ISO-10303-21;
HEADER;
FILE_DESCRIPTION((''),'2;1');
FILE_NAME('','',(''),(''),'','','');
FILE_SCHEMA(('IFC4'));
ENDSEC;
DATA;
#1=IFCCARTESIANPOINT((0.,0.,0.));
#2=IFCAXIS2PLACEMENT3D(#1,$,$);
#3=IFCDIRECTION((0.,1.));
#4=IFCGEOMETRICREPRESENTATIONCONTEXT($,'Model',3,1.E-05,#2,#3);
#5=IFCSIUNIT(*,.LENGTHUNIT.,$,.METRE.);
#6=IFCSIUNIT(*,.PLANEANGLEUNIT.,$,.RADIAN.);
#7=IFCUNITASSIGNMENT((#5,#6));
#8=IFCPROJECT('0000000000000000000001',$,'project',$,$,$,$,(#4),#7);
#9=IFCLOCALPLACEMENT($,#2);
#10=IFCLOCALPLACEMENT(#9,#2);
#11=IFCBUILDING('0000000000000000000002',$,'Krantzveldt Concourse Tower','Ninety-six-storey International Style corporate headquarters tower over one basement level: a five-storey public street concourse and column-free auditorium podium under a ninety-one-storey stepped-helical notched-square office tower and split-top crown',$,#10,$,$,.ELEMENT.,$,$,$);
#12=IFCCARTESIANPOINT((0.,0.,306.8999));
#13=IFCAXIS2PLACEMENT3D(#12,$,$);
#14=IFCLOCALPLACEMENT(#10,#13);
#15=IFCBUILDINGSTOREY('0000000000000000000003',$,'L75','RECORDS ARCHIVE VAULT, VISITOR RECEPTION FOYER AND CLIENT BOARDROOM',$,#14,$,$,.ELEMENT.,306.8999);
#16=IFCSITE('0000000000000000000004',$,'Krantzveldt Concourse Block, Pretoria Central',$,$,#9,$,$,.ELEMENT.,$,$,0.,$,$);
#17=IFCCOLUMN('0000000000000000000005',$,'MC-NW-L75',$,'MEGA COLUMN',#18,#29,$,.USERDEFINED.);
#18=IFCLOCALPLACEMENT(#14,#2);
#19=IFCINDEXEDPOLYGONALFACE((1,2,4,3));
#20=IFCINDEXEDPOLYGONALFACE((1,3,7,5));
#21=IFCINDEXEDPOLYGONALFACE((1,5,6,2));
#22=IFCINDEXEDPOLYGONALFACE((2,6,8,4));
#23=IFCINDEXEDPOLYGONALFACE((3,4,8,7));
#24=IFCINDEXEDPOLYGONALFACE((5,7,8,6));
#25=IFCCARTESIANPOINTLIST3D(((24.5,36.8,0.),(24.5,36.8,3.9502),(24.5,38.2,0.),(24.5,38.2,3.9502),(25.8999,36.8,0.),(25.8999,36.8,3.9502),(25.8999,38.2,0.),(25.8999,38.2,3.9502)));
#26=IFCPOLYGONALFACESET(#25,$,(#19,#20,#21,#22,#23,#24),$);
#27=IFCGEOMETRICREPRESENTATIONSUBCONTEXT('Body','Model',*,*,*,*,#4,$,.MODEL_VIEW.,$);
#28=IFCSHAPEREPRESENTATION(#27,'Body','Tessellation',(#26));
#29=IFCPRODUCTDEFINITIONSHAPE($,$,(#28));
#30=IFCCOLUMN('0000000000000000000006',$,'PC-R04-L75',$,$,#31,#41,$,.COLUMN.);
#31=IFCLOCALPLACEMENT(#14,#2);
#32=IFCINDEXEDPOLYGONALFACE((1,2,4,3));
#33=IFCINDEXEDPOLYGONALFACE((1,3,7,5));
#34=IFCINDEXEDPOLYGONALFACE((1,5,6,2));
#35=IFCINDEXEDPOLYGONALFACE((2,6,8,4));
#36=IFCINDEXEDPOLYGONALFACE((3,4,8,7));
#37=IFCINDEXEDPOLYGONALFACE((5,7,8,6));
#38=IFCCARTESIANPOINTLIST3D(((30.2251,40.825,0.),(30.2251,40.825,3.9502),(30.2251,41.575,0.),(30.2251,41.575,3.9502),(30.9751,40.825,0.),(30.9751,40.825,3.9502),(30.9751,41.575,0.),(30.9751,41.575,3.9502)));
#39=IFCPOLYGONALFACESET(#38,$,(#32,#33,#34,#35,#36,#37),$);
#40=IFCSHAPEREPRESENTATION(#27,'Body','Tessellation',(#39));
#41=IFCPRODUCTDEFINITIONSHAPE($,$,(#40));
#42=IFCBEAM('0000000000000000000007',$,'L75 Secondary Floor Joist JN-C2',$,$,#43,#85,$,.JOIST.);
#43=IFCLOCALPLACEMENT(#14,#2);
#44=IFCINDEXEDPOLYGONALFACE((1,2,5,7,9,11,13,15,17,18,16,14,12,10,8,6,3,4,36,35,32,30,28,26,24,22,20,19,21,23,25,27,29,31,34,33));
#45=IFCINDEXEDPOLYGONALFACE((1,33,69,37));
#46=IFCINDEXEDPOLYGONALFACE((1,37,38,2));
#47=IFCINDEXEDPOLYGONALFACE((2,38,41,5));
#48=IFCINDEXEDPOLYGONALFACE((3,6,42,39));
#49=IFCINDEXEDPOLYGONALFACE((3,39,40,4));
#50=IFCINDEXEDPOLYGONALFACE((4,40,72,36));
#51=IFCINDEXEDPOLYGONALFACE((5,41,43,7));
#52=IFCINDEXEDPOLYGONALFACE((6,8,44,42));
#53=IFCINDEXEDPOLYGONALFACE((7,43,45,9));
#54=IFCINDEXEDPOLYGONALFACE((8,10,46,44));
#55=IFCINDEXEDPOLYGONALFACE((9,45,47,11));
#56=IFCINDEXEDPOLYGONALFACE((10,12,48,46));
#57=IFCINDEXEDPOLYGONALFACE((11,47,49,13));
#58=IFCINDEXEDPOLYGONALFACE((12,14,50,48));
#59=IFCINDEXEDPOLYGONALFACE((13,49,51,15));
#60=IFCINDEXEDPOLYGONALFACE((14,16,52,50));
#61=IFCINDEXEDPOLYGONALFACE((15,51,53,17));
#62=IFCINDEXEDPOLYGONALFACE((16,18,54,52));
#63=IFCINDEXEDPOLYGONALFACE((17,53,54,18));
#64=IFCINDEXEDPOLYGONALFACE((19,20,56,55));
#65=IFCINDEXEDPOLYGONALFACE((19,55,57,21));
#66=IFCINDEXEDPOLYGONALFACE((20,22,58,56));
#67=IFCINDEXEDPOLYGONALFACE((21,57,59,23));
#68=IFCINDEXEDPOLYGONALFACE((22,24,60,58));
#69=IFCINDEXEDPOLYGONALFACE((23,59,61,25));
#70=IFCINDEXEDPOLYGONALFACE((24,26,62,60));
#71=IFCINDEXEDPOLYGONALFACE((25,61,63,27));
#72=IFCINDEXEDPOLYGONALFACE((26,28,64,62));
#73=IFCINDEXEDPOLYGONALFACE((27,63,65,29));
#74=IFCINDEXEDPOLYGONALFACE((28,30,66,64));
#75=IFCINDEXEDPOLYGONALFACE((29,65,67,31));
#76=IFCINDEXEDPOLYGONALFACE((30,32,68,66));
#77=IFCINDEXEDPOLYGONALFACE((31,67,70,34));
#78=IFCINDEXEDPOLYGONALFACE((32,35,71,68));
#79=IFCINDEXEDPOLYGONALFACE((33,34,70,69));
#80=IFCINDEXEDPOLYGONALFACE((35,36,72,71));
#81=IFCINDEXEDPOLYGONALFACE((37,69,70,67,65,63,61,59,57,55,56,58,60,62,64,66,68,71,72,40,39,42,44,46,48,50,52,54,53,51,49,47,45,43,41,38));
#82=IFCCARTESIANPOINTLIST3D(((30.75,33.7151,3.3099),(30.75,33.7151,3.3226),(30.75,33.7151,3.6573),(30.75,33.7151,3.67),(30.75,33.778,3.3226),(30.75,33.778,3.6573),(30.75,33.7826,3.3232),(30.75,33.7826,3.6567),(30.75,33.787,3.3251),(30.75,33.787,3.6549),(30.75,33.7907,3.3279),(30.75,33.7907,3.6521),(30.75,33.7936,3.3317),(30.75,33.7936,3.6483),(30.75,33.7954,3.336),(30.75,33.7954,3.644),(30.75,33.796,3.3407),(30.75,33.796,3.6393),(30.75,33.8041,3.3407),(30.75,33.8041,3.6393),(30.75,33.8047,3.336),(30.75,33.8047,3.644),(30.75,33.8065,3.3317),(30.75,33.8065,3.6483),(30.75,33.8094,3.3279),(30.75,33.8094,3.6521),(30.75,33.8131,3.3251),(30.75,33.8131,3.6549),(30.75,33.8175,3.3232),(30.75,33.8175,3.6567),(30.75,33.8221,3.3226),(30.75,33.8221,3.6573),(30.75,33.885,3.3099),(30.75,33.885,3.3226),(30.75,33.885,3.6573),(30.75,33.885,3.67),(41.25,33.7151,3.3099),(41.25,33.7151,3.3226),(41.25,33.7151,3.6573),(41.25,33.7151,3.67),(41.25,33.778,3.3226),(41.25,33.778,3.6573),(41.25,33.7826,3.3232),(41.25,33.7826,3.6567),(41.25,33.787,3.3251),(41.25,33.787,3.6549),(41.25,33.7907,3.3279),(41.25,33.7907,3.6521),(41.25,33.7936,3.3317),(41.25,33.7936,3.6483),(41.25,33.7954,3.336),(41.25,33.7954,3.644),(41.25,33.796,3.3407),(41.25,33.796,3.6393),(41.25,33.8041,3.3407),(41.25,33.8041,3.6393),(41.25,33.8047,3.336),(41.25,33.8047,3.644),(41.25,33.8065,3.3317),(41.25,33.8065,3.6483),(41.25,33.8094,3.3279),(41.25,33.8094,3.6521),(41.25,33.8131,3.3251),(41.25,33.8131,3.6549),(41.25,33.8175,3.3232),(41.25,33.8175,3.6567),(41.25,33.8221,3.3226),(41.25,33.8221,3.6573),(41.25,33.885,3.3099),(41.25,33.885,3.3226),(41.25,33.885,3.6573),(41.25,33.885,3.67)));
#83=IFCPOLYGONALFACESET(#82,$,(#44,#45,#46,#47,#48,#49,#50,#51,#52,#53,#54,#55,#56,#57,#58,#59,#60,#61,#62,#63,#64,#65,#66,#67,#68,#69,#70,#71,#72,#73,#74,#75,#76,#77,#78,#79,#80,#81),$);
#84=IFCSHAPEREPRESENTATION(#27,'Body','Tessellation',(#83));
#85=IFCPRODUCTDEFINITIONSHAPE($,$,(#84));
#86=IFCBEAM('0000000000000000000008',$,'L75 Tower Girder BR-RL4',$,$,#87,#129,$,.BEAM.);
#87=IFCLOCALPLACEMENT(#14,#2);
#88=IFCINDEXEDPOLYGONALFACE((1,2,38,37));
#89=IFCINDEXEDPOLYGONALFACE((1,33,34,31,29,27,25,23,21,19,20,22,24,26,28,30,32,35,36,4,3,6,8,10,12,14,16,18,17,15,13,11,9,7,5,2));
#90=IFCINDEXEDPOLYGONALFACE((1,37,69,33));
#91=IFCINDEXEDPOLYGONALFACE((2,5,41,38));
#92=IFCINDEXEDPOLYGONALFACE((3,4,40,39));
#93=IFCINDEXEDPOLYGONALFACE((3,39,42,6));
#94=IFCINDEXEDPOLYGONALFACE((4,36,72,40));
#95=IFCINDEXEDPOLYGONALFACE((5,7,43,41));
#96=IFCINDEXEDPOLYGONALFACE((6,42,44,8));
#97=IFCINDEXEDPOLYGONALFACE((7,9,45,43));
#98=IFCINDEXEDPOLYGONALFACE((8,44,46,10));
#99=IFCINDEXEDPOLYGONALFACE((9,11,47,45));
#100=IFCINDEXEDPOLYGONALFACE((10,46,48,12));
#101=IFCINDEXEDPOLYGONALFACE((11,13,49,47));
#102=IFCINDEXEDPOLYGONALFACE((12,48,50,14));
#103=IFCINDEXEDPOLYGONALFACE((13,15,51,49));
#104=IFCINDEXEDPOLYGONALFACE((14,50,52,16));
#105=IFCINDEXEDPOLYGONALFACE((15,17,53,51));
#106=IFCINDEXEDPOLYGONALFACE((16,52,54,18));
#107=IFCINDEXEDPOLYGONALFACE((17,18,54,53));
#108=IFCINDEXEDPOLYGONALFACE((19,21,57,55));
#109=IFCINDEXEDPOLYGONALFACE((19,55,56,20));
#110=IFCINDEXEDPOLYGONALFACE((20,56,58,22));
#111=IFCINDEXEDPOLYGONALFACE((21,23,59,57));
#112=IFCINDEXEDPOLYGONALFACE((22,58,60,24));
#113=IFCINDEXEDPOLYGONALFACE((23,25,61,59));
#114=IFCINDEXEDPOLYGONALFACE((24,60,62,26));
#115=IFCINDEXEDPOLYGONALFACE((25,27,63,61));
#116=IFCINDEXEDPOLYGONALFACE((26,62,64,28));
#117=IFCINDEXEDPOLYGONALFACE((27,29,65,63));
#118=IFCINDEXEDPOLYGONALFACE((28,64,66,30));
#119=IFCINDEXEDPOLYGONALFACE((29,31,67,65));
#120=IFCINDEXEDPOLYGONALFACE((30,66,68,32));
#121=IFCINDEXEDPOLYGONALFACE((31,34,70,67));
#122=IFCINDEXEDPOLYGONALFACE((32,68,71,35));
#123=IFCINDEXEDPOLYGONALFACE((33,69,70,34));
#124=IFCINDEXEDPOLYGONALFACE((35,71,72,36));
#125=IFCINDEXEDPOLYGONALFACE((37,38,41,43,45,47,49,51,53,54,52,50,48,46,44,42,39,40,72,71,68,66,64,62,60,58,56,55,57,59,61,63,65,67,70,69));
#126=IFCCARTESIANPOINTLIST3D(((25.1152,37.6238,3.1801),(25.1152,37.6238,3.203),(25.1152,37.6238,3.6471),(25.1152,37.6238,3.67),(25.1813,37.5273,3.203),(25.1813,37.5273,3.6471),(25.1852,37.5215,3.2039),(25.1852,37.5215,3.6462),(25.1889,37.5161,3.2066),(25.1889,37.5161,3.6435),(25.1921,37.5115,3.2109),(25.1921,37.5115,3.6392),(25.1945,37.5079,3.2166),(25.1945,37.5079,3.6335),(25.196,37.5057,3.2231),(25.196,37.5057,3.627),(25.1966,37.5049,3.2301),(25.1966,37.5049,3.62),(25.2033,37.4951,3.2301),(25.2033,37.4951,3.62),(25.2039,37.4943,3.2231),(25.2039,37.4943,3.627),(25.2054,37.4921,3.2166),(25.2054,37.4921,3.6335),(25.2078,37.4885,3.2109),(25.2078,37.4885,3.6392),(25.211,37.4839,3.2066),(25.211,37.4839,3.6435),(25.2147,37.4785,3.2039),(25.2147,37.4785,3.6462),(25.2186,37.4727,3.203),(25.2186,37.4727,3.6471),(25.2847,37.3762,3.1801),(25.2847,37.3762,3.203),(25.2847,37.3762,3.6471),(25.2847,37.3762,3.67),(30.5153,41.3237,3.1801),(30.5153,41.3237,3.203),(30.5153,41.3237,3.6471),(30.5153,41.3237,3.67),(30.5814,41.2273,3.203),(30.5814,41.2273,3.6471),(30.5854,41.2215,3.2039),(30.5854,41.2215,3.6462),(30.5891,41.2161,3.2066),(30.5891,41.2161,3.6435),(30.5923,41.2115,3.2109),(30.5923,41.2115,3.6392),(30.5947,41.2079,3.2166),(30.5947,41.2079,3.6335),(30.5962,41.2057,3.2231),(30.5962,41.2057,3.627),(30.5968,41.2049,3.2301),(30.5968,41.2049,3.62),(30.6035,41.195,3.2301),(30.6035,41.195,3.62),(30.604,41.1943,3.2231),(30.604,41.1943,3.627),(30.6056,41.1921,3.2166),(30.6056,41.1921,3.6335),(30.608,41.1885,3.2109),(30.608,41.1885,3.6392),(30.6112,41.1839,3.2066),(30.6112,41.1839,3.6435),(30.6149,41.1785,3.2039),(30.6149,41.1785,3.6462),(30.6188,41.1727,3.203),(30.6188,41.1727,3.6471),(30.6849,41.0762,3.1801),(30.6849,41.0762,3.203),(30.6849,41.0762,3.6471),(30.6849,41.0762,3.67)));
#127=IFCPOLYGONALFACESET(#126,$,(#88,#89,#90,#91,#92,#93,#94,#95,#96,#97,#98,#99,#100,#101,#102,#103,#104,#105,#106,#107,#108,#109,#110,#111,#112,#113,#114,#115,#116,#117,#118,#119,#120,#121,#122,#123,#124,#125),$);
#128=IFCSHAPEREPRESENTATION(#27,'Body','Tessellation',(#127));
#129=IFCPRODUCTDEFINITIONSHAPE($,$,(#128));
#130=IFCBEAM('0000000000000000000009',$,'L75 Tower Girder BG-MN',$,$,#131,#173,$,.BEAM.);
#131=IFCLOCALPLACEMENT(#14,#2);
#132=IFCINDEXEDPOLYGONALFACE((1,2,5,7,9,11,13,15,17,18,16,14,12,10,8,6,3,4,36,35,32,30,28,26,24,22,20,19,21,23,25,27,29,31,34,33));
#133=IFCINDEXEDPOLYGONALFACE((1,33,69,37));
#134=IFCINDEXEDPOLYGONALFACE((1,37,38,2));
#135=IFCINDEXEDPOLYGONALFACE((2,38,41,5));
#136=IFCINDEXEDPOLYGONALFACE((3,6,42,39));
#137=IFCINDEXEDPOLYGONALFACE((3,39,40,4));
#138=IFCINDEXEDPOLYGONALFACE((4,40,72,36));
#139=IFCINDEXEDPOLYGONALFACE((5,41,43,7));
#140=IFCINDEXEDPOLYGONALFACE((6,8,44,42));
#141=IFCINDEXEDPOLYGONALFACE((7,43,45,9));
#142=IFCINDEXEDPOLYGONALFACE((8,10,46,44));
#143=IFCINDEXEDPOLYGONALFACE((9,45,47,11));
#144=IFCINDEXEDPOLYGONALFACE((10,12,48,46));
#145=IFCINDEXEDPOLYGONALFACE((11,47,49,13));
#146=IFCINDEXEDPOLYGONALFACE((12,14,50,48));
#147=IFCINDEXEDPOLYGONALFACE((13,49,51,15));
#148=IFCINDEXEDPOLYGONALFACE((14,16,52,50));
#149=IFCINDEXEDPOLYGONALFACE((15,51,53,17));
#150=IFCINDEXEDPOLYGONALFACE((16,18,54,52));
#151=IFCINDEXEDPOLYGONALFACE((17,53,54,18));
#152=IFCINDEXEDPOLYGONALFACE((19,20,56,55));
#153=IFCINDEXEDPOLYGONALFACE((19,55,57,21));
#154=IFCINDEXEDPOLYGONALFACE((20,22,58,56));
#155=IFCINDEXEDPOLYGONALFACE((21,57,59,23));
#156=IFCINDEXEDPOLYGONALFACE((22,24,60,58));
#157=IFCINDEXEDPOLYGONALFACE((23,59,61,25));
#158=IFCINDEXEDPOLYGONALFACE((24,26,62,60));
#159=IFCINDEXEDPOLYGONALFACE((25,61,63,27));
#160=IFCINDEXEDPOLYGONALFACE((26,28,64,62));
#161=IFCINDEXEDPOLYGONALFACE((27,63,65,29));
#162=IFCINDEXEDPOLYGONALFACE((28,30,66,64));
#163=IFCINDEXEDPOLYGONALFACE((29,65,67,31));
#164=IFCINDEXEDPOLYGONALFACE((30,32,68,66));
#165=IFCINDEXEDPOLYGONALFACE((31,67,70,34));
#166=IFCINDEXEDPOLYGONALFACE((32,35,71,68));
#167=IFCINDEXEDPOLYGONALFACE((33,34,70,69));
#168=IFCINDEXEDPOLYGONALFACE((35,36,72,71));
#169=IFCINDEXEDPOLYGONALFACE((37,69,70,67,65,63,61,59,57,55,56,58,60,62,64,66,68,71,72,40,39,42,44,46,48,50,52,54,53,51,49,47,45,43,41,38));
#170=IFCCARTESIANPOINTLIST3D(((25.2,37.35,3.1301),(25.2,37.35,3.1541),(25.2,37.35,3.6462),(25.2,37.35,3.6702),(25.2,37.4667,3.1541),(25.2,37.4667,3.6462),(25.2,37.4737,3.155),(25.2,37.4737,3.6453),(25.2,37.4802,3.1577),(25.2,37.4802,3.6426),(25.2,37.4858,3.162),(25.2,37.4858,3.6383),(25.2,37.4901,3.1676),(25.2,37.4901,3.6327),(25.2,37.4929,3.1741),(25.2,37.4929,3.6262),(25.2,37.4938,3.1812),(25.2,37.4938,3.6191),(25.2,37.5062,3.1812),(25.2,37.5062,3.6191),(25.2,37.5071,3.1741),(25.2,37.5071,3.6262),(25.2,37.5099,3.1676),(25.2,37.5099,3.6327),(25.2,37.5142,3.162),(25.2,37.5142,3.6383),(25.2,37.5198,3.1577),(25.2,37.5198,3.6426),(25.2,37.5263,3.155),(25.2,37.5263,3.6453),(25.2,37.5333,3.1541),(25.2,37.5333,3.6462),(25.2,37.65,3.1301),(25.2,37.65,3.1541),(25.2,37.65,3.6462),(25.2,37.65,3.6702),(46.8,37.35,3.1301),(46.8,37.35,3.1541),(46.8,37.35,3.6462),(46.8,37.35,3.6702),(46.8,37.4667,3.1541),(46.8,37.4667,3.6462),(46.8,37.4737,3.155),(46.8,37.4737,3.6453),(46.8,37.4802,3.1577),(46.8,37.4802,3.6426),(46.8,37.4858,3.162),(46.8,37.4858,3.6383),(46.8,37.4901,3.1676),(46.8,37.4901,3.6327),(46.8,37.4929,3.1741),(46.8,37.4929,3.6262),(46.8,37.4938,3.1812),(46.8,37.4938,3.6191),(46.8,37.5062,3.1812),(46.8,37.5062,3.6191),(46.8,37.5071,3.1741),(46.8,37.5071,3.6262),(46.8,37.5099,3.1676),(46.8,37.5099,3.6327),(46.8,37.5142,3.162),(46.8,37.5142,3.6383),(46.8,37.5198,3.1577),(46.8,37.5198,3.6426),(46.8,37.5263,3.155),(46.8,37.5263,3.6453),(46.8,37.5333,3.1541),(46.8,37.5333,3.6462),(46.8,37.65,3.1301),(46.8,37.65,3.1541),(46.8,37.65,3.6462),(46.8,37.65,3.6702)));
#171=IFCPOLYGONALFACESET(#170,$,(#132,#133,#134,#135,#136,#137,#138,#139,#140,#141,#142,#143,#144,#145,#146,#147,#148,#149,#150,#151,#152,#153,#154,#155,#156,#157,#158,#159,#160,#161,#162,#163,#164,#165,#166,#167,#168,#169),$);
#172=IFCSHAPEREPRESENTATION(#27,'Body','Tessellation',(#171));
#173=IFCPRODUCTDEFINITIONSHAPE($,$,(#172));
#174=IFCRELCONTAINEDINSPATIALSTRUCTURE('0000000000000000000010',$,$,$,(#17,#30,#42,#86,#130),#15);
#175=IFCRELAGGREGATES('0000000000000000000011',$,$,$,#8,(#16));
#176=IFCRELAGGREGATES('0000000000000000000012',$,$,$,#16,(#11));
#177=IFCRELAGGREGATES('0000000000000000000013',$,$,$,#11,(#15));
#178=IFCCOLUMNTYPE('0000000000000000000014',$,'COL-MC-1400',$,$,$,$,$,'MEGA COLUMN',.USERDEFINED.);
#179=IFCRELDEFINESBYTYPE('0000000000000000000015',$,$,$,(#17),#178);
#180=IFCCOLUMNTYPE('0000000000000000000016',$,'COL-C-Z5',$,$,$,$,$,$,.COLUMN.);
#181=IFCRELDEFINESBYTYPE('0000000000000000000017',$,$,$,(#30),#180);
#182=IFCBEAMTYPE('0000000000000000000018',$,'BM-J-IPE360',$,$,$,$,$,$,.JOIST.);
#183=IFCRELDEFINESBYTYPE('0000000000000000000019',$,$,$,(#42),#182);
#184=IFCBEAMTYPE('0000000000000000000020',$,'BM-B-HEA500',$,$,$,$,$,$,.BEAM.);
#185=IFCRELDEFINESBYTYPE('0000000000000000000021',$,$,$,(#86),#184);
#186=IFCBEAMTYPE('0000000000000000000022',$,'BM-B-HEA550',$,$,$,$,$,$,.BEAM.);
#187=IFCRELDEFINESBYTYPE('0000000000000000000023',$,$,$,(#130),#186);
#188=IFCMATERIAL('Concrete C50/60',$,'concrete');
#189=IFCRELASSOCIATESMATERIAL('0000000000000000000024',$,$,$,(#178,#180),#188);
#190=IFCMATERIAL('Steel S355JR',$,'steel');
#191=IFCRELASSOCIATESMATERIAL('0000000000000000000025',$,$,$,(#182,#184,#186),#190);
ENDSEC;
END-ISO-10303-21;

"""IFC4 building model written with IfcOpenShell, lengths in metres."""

from ifc_helpers import new_model, si_unit, direction, frame, origin, origin_2d, place, context, subcontext, project, spatial, rectangle, i_section, extrude, source, transform, mapped, material, material_profile, profile_set, type_object, type_shapes, element, save


model = new_model("IFC4")

# Units and contexts
model_context = context("Model", 3, precision=1e-05, world=origin(), true_north=direction((0.0, 1.0)))
body_context = subcontext(model_context, "Body", "Model", "MODEL_VIEW")
ifc_project = project(units=[si_unit("LENGTHUNIT", "METRE"), si_unit("PLANEANGLEUNIT", "RADIAN")], contexts=[model_context])

# Site, building, storey
site_placement = place(None, origin())
site = spatial("IfcSite", under=ifc_project, at=site_placement, Name="Krantzveldt Concourse Block, Pretoria Central", CompositionType="ELEMENT", RefElevation=0.0)
building_placement = place(site_placement, origin())
building = spatial("IfcBuilding", under=site, at=building_placement, Name="Krantzveldt Concourse Tower", Description="Ninety-six-storey International Style corporate headquarters tower over one basement level: a five-storey public street concourse and column-free auditorium podium under a ninety-one-storey stepped-helical notched-square office tower and split-top crown", CompositionType="ELEMENT")
storey_placement = place(building_placement, frame((0.0, 0.0, 306.8999)))
storey = spatial("IfcBuildingStorey", under=building, at=storey_placement, Name="L75", Description="RECORDS ARCHIVE VAULT, VISITOR RECEPTION FOYER AND CLIENT BOARDROOM", CompositionType="ELEMENT", Elevation=306.8999)

# Columns
ifc_material_1 = material(Name="Concrete C50/60", Category="concrete")
ifc_material_profile_1 = material_profile(ifc_material_1, rectangle(XDim=1.3999, YDim=1.3999, at=origin_2d()), Name="Concrete C50/60", Category="concrete")
ifc_profile_set_1 = profile_set([ifc_material_profile_1], Name="Concrete C50/60 - RC 1400x1400")
column_type_1 = type_object("IfcColumnType", Name="COL-MC-1400", ElementType="MEGA COLUMN", PredefinedType="USERDEFINED", material=ifc_profile_set_1)
shared_shape_1 = source(origin(), body_context, "Body", "SweptSolid", [
    extrude(rectangle(XDim=1.3999, YDim=1.3999, at=origin_2d()), origin(), (0.0, 0.0, 1.0), 3.9502),
])
type_shapes(column_type_1, [shared_shape_1])
column_1_placement = place(storey_placement, frame((25.2, 37.5, 0.0), z_axis=(0.0, 0.0, 1.0), x_axis=(1.0, 0.0, 0.0)))
element("IfcColumn", 1, at=column_1_placement, inside=storey, type_object=column_type_1, Name="MC-NW-L75", ObjectType="MEGA COLUMN", PredefinedType="USERDEFINED", context=body_context, shape_type="MappedRepresentation", body=[
    mapped(shared_shape_1, transform((0.0, 0.0, 0.0), x_axis=(1.0, 0.0, 0.0), y_axis=(0.0, 1.0, 0.0), z_axis=(0.0, 0.0, 1.0), scale=1.0)),
])
ifc_material_profile_2 = material_profile(ifc_material_1, rectangle(XDim=0.75, YDim=0.75, at=origin_2d()), Name="Concrete C50/60", Category="concrete")
ifc_profile_set_2 = profile_set([ifc_material_profile_2], Name="Concrete C50/60 - RC 750x750")
column_type_2 = type_object("IfcColumnType", Name="COL-C-Z5", PredefinedType="COLUMN", material=ifc_profile_set_2)
shared_shape_2 = source(origin(), body_context, "Body", "SweptSolid", [
    extrude(rectangle(XDim=0.75, YDim=0.75, at=origin_2d()), origin(), (0.0, 0.0, 1.0), 3.9502),
])
type_shapes(column_type_2, [shared_shape_2])
column_2_placement = place(storey_placement, frame((30.6001, 41.2, 0.0), z_axis=(0.0, 0.0, 1.0), x_axis=(1.0, 0.0, 0.0)))
element("IfcColumn", 2, at=column_2_placement, inside=storey, type_object=column_type_2, Name="PC-R04-L75", PredefinedType="COLUMN", context=body_context, shape_type="MappedRepresentation", body=[
    mapped(shared_shape_2, transform((0.0, 0.0, 0.0), x_axis=(1.0, 0.0, 0.0), y_axis=(0.0, 1.0, 0.0), z_axis=(0.0, 0.0, 1.0), scale=1.0)),
])

# Beams
ifc_material_2 = material(Name="Steel S355JR", Category="steel")
ifc_material_profile_3 = material_profile(ifc_material_2, i_section(OverallWidth=0.1699, OverallDepth=0.3601, WebThickness=0.0081, FlangeThickness=0.0127, FilletRadius=0.0181, at=origin_2d()), Name="Steel S355JR", Category="steel")
ifc_profile_set_3 = profile_set([ifc_material_profile_3], Name="Steel S355JR - IPE 360")
beam_type_1 = type_object("IfcBeamType", Name="BM-J-IPE360", PredefinedType="JOIST", material=ifc_profile_set_3)
shared_shape_3 = source(origin(), body_context, "Body", "SweptSolid", [
    extrude(i_section(OverallWidth=0.1699, OverallDepth=0.3601, WebThickness=0.0081, FlangeThickness=0.0127, FilletRadius=0.0181, at=origin_2d()), origin(), (0.0, 0.0, 1.0), 10.5),
])
type_shapes(beam_type_1, [shared_shape_3])
beam_1_placement = place(storey_placement, frame((30.75, 33.8, 3.49), z_axis=(1.0, 0.0, 0.0), x_axis=(0.0, 1.0, 0.0)))
element("IfcBeam", 3, at=beam_1_placement, inside=storey, type_object=beam_type_1, Name="L75 Secondary Floor Joist JN-C2", PredefinedType="JOIST", context=body_context, shape_type="MappedRepresentation", body=[
    mapped(shared_shape_3, transform((0.0, 0.0, 0.0), x_axis=(1.0, 0.0, 0.0), y_axis=(0.0, 1.0, 0.0), z_axis=(0.0, 0.0, 1.0), scale=1.0)),
])
ifc_material_profile_4 = material_profile(ifc_material_2, i_section(OverallWidth=0.3, OverallDepth=0.49, WebThickness=0.012, FlangeThickness=0.0229, FilletRadius=0.0271, at=origin_2d()), Name="Steel S355JR", Category="steel")
ifc_profile_set_4 = profile_set([ifc_material_profile_4], Name="Steel S355JR - HEA 500")
beam_type_2 = type_object("IfcBeamType", Name="BM-B-HEA500", PredefinedType="BEAM", material=ifc_profile_set_4)
shared_shape_4 = source(origin(), body_context, "Body", "SweptSolid", [
    extrude(i_section(OverallWidth=0.3, OverallDepth=0.49, WebThickness=0.012, FlangeThickness=0.0229, FilletRadius=0.0271, at=origin_2d()), origin(), (0.0, 0.0, 1.0), 6.5461),
])
type_shapes(beam_type_2, [shared_shape_4])
beam_2_placement = place(storey_placement, frame((25.2, 37.5, 3.425), z_axis=(0.824943, 0.565216, 0.0), x_axis=(-0.565216, 0.824943, 0.0)))
element("IfcBeam", 4, at=beam_2_placement, inside=storey, type_object=beam_type_2, Name="L75 Tower Girder BR-RL4", PredefinedType="BEAM", context=body_context, shape_type="MappedRepresentation", body=[
    mapped(shared_shape_4, transform((0.0, 0.0, 0.0), x_axis=(1.0, 0.0, 0.0), y_axis=(0.0, 1.0, 0.0), z_axis=(0.0, 0.0, 1.0), scale=1.0)),
])
ifc_material_profile_5 = material_profile(ifc_material_2, i_section(OverallWidth=0.3, OverallDepth=0.54, WebThickness=0.0125, FlangeThickness=0.0239, FilletRadius=0.0271, at=origin_2d()), Name="Steel S355JR", Category="steel")
ifc_profile_set_5 = profile_set([ifc_material_profile_5], Name="Steel S355JR - HEA 550")
beam_type_3 = type_object("IfcBeamType", Name="BM-B-HEA550", PredefinedType="BEAM", material=ifc_profile_set_5)
shared_shape_5 = source(origin(), body_context, "Body", "SweptSolid", [
    extrude(i_section(OverallWidth=0.3, OverallDepth=0.54, WebThickness=0.0125, FlangeThickness=0.0239, FilletRadius=0.0271, at=origin_2d()), origin(), (0.0, 0.0, 1.0), 21.6001),
])
type_shapes(beam_type_3, [shared_shape_5])
beam_3_placement = place(storey_placement, frame((25.2, 37.5, 3.4001), z_axis=(1.0, 0.0, 0.0), x_axis=(0.0, 1.0, 0.0)))
element("IfcBeam", 5, at=beam_3_placement, inside=storey, type_object=beam_type_3, Name="L75 Tower Girder BG-MN", PredefinedType="BEAM", context=body_context, shape_type="MappedRepresentation", body=[
    mapped(shared_shape_5, transform((0.0, 0.0, 0.0), x_axis=(1.0, 0.0, 0.0), y_axis=(0.0, 1.0, 0.0), z_axis=(0.0, 0.0, 1.0), scale=1.0)),
])

save(model, "model.ifc")
